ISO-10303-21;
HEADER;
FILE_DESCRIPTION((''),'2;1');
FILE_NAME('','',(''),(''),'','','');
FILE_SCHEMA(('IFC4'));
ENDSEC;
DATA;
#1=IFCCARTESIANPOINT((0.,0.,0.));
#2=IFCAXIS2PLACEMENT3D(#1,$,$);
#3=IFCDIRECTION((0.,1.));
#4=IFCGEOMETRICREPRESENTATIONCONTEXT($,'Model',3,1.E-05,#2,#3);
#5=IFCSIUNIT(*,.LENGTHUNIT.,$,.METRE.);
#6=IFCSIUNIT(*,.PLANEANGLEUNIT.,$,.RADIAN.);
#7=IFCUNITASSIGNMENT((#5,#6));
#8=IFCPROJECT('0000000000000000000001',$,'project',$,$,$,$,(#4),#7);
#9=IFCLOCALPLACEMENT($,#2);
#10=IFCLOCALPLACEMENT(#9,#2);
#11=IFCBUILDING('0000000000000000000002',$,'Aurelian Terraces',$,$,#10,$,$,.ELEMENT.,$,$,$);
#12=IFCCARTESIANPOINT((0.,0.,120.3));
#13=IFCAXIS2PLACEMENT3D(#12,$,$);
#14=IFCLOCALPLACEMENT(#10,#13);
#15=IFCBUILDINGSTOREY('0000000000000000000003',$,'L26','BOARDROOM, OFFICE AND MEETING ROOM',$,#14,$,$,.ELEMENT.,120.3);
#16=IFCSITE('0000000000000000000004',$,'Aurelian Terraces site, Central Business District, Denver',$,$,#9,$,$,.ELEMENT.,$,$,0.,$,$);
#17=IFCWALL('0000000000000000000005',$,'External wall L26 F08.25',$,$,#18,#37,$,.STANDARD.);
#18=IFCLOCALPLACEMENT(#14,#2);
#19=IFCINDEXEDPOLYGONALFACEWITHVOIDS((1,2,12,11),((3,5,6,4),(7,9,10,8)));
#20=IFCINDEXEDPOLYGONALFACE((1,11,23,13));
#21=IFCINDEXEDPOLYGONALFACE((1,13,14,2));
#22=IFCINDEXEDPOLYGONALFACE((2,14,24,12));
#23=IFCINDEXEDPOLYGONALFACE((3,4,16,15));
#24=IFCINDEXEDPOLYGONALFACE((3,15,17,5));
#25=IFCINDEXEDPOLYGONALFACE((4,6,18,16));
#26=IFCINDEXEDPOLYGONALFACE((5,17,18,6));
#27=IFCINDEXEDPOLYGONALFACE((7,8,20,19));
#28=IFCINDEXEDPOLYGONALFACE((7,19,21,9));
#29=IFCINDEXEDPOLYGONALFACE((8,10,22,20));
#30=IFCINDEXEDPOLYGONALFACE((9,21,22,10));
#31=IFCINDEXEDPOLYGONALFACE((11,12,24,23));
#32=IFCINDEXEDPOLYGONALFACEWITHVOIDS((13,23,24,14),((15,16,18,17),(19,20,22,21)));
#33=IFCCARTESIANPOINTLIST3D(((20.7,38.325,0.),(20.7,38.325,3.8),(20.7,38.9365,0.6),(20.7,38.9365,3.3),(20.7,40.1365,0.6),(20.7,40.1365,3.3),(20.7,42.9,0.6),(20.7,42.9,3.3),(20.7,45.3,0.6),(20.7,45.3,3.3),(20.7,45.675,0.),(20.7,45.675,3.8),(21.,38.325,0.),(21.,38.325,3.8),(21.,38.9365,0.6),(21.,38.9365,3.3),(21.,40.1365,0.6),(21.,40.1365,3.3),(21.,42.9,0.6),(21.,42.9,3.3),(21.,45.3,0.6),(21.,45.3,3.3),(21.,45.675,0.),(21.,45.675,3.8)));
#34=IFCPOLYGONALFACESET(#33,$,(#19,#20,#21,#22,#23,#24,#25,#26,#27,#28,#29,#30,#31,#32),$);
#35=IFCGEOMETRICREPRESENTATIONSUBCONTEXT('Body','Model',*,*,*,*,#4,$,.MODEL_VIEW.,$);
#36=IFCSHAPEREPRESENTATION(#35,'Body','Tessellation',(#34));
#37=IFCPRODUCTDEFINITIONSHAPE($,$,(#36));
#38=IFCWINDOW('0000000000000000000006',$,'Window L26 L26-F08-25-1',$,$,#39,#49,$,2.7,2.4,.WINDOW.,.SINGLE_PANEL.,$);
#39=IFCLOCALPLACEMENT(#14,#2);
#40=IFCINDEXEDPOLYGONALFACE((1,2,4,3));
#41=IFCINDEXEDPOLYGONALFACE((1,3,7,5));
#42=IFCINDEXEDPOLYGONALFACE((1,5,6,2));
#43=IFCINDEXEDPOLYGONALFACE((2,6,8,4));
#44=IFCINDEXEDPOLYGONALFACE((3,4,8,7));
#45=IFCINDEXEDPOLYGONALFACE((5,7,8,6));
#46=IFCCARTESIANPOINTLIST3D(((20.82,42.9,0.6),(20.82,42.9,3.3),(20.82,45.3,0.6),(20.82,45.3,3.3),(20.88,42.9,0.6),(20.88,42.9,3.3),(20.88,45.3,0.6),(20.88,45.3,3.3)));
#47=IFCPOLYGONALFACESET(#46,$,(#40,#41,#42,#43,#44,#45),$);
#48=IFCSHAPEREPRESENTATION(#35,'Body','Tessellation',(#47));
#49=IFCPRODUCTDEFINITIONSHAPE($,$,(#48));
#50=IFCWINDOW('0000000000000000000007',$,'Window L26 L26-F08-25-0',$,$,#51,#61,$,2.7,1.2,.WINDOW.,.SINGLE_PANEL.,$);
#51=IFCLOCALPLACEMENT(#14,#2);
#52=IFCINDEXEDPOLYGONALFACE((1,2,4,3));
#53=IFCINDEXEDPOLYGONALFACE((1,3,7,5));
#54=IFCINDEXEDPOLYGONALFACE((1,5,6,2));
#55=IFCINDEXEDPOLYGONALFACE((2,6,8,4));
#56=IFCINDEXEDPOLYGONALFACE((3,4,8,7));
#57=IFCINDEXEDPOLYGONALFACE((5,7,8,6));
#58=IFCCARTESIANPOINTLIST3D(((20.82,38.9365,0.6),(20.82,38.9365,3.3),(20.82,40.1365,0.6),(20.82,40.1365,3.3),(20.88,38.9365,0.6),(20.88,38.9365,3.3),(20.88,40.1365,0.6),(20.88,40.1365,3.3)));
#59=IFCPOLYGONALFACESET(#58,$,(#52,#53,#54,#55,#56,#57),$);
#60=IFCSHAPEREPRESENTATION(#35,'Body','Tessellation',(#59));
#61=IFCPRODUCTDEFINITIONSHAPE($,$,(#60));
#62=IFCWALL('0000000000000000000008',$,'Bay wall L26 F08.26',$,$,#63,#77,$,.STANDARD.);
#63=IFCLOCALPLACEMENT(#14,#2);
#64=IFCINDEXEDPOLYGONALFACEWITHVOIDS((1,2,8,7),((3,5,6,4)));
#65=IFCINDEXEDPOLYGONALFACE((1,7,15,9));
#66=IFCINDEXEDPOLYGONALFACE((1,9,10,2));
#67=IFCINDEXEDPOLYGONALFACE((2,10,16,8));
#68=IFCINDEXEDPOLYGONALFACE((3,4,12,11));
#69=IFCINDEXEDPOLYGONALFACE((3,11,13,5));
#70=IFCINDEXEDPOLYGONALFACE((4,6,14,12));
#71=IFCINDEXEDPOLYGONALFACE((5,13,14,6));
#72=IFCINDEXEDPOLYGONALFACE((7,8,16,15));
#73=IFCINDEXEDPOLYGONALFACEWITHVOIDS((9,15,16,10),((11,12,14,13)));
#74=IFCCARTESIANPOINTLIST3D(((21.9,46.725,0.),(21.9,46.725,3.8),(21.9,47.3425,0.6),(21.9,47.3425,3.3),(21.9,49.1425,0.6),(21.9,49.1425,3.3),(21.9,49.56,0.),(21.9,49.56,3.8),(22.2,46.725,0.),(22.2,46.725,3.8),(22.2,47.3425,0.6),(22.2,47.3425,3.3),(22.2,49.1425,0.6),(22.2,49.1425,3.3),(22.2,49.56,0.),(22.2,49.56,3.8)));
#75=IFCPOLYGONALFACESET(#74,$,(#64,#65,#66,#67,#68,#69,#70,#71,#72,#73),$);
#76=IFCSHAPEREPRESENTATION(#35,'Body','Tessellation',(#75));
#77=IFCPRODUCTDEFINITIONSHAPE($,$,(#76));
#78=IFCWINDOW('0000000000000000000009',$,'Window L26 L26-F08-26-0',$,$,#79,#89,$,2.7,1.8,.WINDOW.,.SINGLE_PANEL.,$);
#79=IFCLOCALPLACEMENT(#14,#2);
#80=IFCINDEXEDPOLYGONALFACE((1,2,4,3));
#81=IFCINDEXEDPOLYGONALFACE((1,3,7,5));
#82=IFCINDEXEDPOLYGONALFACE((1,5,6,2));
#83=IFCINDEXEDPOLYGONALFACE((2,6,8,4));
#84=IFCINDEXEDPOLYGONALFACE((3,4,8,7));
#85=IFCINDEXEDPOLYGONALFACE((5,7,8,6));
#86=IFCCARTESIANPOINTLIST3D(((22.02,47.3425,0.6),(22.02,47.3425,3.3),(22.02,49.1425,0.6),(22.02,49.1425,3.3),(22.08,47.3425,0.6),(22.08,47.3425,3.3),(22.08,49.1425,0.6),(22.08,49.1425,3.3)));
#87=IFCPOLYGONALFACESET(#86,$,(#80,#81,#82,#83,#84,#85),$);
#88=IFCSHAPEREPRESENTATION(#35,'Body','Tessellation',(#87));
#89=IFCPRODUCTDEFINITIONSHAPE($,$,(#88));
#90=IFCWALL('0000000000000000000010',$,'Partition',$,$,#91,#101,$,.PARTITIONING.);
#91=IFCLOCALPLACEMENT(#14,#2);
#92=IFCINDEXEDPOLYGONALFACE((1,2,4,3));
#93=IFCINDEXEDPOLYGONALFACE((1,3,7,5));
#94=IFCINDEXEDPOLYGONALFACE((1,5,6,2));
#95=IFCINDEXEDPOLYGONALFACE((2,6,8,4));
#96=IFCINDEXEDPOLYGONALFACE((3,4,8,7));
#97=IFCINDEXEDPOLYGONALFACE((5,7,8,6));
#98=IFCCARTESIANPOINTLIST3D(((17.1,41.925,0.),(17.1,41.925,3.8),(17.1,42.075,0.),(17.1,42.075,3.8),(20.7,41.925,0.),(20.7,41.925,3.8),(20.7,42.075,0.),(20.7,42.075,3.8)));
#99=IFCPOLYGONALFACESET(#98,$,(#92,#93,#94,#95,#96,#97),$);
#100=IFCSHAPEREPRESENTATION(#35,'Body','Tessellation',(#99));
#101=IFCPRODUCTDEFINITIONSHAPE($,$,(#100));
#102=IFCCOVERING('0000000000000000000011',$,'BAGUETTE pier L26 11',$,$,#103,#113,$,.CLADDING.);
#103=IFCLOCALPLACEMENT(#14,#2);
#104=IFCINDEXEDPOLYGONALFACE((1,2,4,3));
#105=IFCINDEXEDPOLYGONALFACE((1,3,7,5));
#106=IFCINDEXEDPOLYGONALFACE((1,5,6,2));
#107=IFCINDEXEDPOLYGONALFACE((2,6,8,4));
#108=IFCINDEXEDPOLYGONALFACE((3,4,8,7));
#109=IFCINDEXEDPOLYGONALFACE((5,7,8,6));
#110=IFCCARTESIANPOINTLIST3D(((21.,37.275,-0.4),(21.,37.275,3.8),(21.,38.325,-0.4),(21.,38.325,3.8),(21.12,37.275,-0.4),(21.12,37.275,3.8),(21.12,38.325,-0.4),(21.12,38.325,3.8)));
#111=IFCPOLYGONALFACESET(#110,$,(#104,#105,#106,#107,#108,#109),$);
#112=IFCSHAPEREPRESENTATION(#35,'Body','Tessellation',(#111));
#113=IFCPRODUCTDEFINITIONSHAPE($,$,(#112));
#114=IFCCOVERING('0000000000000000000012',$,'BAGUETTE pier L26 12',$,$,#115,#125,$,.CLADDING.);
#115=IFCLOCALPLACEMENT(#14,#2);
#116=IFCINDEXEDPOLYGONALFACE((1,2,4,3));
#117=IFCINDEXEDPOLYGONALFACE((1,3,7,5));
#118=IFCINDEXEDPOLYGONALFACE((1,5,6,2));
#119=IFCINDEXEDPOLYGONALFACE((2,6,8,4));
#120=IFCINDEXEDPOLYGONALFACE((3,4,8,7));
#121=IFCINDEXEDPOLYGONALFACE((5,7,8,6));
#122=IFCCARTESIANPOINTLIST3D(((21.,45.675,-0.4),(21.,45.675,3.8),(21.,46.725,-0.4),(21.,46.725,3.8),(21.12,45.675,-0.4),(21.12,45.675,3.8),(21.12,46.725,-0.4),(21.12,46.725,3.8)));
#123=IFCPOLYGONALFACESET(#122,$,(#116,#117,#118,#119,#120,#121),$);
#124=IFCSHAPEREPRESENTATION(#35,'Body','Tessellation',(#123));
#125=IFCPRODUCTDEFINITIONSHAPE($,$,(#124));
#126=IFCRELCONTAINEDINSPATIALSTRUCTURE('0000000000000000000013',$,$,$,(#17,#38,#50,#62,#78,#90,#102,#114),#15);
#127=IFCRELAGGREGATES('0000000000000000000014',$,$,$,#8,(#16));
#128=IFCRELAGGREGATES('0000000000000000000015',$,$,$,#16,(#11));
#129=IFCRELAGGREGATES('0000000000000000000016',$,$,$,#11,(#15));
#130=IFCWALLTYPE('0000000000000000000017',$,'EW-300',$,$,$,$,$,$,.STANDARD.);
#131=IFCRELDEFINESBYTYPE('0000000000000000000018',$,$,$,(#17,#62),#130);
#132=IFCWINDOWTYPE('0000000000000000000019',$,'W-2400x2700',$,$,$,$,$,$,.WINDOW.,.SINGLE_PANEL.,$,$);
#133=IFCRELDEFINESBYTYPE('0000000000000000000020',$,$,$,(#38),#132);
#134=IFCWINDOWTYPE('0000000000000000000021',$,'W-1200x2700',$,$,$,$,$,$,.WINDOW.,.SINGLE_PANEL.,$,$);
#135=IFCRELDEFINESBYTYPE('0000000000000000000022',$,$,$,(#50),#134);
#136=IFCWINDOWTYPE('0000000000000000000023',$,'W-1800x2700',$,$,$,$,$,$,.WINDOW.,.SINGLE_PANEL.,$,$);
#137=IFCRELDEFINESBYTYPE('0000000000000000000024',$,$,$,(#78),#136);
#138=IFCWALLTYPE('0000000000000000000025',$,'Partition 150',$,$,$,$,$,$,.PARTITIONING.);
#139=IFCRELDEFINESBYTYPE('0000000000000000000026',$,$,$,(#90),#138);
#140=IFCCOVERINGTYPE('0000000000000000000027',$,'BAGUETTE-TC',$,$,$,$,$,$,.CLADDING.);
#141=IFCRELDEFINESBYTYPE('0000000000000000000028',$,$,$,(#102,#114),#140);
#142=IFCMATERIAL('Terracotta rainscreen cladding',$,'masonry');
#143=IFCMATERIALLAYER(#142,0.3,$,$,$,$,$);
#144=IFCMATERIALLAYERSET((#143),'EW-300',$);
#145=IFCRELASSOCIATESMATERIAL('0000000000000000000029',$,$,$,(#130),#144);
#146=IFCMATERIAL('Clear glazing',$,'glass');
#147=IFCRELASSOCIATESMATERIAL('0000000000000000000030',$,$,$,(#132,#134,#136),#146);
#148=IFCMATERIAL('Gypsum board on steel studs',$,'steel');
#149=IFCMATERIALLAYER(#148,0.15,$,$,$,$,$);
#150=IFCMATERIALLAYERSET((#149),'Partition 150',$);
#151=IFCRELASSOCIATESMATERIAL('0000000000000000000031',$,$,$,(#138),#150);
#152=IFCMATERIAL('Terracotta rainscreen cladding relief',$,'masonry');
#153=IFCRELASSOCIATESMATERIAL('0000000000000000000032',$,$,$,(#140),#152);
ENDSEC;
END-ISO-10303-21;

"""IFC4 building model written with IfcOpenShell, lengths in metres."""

from ifc_helpers import new_model, si_unit, direction, frame, frame_2d, origin, origin_2d, place, context, subcontext, project, spatial, rectangle, extrude, source, transform, mapped, material, layer, layer_set, type_object, element, fill, save


model = new_model("IFC4")

# Units and contexts
model_context = context("Model", 3, precision=1e-05, world=origin(), true_north=direction((0.0, 1.0)))
body_context = subcontext(model_context, "Body", "Model", "MODEL_VIEW")
ifc_project = project(units=[si_unit("LENGTHUNIT", "METRE"), si_unit("PLANEANGLEUNIT", "RADIAN")], contexts=[model_context])

# Site, building, storey
site_placement = place(None, origin())
site = spatial("IfcSite", under=ifc_project, at=site_placement, Name="Aurelian Terraces site, Central Business District, Denver", CompositionType="ELEMENT", RefElevation=0.0)
building_placement = place(site_placement, origin())
building = spatial("IfcBuilding", under=site, at=building_placement, Name="Aurelian Terraces", CompositionType="ELEMENT")
storey_placement = place(building_placement, frame((0.0, 0.0, 120.3)))
storey = spatial("IfcBuildingStorey", under=building, at=storey_placement, Name="L26", Description="BOARDROOM, OFFICE AND MEETING ROOM", CompositionType="ELEMENT", Elevation=120.3)

# Shared definitions
ifc_material_1 = material(Name="Terracotta rainscreen cladding", Category="masonry")
ifc_layer_1 = layer(ifc_material_1, 0.3)
ifc_layer_set_1 = layer_set([ifc_layer_1], Name="EW-300")
wall_type_1 = type_object("IfcWallType", Name="EW-300", PredefinedType="STANDARD", material=ifc_layer_set_1)
ifc_material_2 = material(Name="Clear glazing", Category="glass")
window_type_1 = type_object("IfcWindowType", Name="W-2400x2700", PartitioningType="SINGLE_PANEL", PredefinedType="WINDOW", material=ifc_material_2)
shared_shape_1 = source(origin(), body_context, "Body", "SweptSolid", [
    extrude(rectangle(XDim=2.4, YDim=2.7, at=frame_2d((1.2, 1.35))), frame((0.0, 0.03, 0.0), z_axis=(0.0, -1.0, 0.0), x_axis=(1.0, 0.0, 0.0)), (0.0, 0.0, 1.0), 0.06),
])

# Shared definitions
shared_shape_2 = source(origin(), body_context, "Body", "SweptSolid", [
    extrude(rectangle(XDim=7.35, YDim=0.3, at=frame_2d((3.675, 0.0))), origin(), (0.0, 0.0, 1.0), 3.8),
])

# Wall, openings, windows
wall_1_placement = place(storey_placement, frame((20.85, 38.325, 0.0), z_axis=(0.0, 0.0, 1.0), x_axis=(0.0, 1.0, 0.0)))
wall_1 = element("IfcWall", 1, at=wall_1_placement, inside=storey, type_object=wall_type_1, Name="External wall L26 F08.25", PredefinedType="STANDARD", context=body_context, shape_type="MappedRepresentation", body=[
    mapped(shared_shape_2, transform((0.0, 0.0, 0.0), scale=1.0)),
])
shared_shape_3 = source(origin(), body_context, "Body", "SweptSolid", [
    extrude(rectangle(XDim=1.2, YDim=2.7, at=frame_2d((0.6, 1.35))), frame((0.0, 0.16, 0.0), z_axis=(0.0, -1.0, 0.0), x_axis=(1.0, 0.0, 0.0)), (0.0, 0.0, 1.0), 0.32),
])
opening_1_placement = place(wall_1_placement, frame((0.6115, 0.0, 0.6)))
opening_1 = element("IfcOpeningElement", 2, at=opening_1_placement, cuts=wall_1, PredefinedType="OPENING", context=body_context, shape_type="MappedRepresentation", body=[
    mapped(shared_shape_3, transform((0.0, 0.0, 0.0), scale=1.0)),
])
shared_shape_4 = source(origin(), body_context, "Body", "SweptSolid", [
    extrude(rectangle(XDim=2.4, YDim=2.7, at=frame_2d((1.2, 1.35))), frame((0.0, 0.16, 0.0), z_axis=(0.0, -1.0, 0.0), x_axis=(1.0, 0.0, 0.0)), (0.0, 0.0, 1.0), 0.32),
])
opening_2_placement = place(wall_1_placement, frame((4.575, 0.0, 0.6)))
opening_2 = element("IfcOpeningElement", 3, at=opening_2_placement, cuts=wall_1, PredefinedType="OPENING", context=body_context, shape_type="MappedRepresentation", body=[
    mapped(shared_shape_4, transform((0.0, 0.0, 0.0), scale=1.0)),
])
window_1_placement = place(opening_2_placement, origin())
window_1 = element("IfcWindow", 4, at=window_1_placement, inside=storey, type_object=window_type_1, Name="Window L26 L26-F08-25-1", OverallHeight=2.7, OverallWidth=2.4, PartitioningType="SINGLE_PANEL", PredefinedType="WINDOW", context=body_context, shape_type="MappedRepresentation", body=[
    mapped(shared_shape_1, transform((0.0, 0.0, 0.0), scale=1.0)),
])
fill(opening_2, window_1)
window_type_2 = type_object("IfcWindowType", Name="W-1200x2700", PartitioningType="SINGLE_PANEL", PredefinedType="WINDOW", material=ifc_material_2)
shared_shape_5 = source(origin(), body_context, "Body", "SweptSolid", [
    extrude(rectangle(XDim=1.2, YDim=2.7, at=frame_2d((0.6, 1.35))), frame((0.0, 0.03, 0.0), z_axis=(0.0, -1.0, 0.0), x_axis=(1.0, 0.0, 0.0)), (0.0, 0.0, 1.0), 0.06),
])
window_2_placement = place(opening_1_placement, origin())
window_2 = element("IfcWindow", 5, at=window_2_placement, inside=storey, type_object=window_type_2, Name="Window L26 L26-F08-25-0", OverallHeight=2.7, OverallWidth=1.2, PartitioningType="SINGLE_PANEL", PredefinedType="WINDOW", context=body_context, shape_type="MappedRepresentation", body=[
    mapped(shared_shape_5, transform((0.0, 0.0, 0.0), scale=1.0)),
])
fill(opening_1, window_2)

# Wall, opening, window
shared_shape_6 = source(origin(), body_context, "Body", "SweptSolid", [
    extrude(rectangle(XDim=2.835, YDim=0.3, at=frame_2d((1.4175, 0.0))), origin(), (0.0, 0.0, 1.0), 3.8),
])
wall_2_placement = place(storey_placement, frame((22.05, 46.725, 0.0), z_axis=(0.0, 0.0, 1.0), x_axis=(0.0, 1.0, 0.0)))
wall_2 = element("IfcWall", 6, at=wall_2_placement, inside=storey, type_object=wall_type_1, Name="Bay wall L26 F08.26", PredefinedType="STANDARD", context=body_context, shape_type="MappedRepresentation", body=[
    mapped(shared_shape_6, transform((0.0, 0.0, 0.0), scale=1.0)),
])
shared_shape_7 = source(origin(), body_context, "Body", "SweptSolid", [
    extrude(rectangle(XDim=1.8, YDim=2.7, at=frame_2d((0.9, 1.35))), frame((0.0, 0.16, 0.0), z_axis=(0.0, -1.0, 0.0), x_axis=(1.0, 0.0, 0.0)), (0.0, 0.0, 1.0), 0.32),
])
opening_3_placement = place(wall_2_placement, frame((0.6175, 0.0, 0.6)))
opening_3 = element("IfcOpeningElement", 7, at=opening_3_placement, cuts=wall_2, PredefinedType="OPENING", context=body_context, shape_type="MappedRepresentation", body=[
    mapped(shared_shape_7, transform((0.0, 0.0, 0.0), scale=1.0)),
])
window_type_3 = type_object("IfcWindowType", Name="W-1800x2700", PartitioningType="SINGLE_PANEL", PredefinedType="WINDOW", material=ifc_material_2)
shared_shape_8 = source(origin(), body_context, "Body", "SweptSolid", [
    extrude(rectangle(XDim=1.8, YDim=2.7, at=frame_2d((0.9, 1.35))), frame((0.0, 0.03, 0.0), z_axis=(0.0, -1.0, 0.0), x_axis=(1.0, 0.0, 0.0)), (0.0, 0.0, 1.0), 0.06),
])
window_3_placement = place(opening_3_placement, origin())
window_3 = element("IfcWindow", 8, at=window_3_placement, inside=storey, type_object=window_type_3, Name="Window L26 L26-F08-26-0", OverallHeight=2.7, OverallWidth=1.8, PartitioningType="SINGLE_PANEL", PredefinedType="WINDOW", context=body_context, shape_type="MappedRepresentation", body=[
    mapped(shared_shape_8, transform((0.0, 0.0, 0.0), scale=1.0)),
])
fill(opening_3, window_3)

# Wall
ifc_material_3 = material(Name="Gypsum board on steel studs", Category="steel")
ifc_layer_2 = layer(ifc_material_3, 0.15)
ifc_layer_set_2 = layer_set([ifc_layer_2], Name="Partition 150")
wall_type_2 = type_object("IfcWallType", Name="Partition 150", PredefinedType="PARTITIONING", material=ifc_layer_set_2)
shared_shape_9 = source(origin(), body_context, "Body", "SweptSolid", [
    extrude(rectangle(XDim=3.6, YDim=0.15, at=frame_2d((1.8, 0.0))), origin(), (0.0, 0.0, 1.0), 3.8),
])
wall_3_placement = place(storey_placement, frame((20.7, 42.0, 0.0), z_axis=(0.0, 0.0, 1.0), x_axis=(-1.0, 0.0, 0.0)))
element("IfcWall", 9, at=wall_3_placement, inside=storey, type_object=wall_type_2, Name="Partition", PredefinedType="PARTITIONING", context=body_context, shape_type="MappedRepresentation", body=[
    mapped(shared_shape_9, transform((0.0, 0.0, 0.0), scale=1.0)),
])

# Coverings
ifc_material_4 = material(Name="Terracotta rainscreen cladding relief", Category="masonry")
covering_type = type_object("IfcCoveringType", Name="BAGUETTE-TC", PredefinedType="CLADDING", material=ifc_material_4)
shared_shape_10 = source(origin(), body_context, "Body", "SweptSolid", [
    extrude(rectangle(XDim=0.12, YDim=1.05, at=origin_2d()), origin(), (0.0, 0.0, 1.0), 4.2),
])
for number, where, z_axis, x_axis, name in (
    (10, (21.06, 37.8, -0.4), (0.0, 0.0, 1.0), (1.0, 0.0, 0.0), "BAGUETTE pier L26 11"),
    (11, (21.06, 46.2, -0.4), (0.0, 0.0, 1.0), (1.0, 0.0, 0.0), "BAGUETTE pier L26 12"),
):
    element("IfcCovering", number, at=place(storey_placement, frame(where, z_axis=z_axis, x_axis=x_axis)), inside=storey, type_object=covering_type, Name=name, PredefinedType="CLADDING", context=body_context, shape_type="MappedRepresentation", body=[
        mapped(shared_shape_10, transform((0.0, 0.0, 0.0), scale=1.0)),
    ])

save(model, "model.ifc")
